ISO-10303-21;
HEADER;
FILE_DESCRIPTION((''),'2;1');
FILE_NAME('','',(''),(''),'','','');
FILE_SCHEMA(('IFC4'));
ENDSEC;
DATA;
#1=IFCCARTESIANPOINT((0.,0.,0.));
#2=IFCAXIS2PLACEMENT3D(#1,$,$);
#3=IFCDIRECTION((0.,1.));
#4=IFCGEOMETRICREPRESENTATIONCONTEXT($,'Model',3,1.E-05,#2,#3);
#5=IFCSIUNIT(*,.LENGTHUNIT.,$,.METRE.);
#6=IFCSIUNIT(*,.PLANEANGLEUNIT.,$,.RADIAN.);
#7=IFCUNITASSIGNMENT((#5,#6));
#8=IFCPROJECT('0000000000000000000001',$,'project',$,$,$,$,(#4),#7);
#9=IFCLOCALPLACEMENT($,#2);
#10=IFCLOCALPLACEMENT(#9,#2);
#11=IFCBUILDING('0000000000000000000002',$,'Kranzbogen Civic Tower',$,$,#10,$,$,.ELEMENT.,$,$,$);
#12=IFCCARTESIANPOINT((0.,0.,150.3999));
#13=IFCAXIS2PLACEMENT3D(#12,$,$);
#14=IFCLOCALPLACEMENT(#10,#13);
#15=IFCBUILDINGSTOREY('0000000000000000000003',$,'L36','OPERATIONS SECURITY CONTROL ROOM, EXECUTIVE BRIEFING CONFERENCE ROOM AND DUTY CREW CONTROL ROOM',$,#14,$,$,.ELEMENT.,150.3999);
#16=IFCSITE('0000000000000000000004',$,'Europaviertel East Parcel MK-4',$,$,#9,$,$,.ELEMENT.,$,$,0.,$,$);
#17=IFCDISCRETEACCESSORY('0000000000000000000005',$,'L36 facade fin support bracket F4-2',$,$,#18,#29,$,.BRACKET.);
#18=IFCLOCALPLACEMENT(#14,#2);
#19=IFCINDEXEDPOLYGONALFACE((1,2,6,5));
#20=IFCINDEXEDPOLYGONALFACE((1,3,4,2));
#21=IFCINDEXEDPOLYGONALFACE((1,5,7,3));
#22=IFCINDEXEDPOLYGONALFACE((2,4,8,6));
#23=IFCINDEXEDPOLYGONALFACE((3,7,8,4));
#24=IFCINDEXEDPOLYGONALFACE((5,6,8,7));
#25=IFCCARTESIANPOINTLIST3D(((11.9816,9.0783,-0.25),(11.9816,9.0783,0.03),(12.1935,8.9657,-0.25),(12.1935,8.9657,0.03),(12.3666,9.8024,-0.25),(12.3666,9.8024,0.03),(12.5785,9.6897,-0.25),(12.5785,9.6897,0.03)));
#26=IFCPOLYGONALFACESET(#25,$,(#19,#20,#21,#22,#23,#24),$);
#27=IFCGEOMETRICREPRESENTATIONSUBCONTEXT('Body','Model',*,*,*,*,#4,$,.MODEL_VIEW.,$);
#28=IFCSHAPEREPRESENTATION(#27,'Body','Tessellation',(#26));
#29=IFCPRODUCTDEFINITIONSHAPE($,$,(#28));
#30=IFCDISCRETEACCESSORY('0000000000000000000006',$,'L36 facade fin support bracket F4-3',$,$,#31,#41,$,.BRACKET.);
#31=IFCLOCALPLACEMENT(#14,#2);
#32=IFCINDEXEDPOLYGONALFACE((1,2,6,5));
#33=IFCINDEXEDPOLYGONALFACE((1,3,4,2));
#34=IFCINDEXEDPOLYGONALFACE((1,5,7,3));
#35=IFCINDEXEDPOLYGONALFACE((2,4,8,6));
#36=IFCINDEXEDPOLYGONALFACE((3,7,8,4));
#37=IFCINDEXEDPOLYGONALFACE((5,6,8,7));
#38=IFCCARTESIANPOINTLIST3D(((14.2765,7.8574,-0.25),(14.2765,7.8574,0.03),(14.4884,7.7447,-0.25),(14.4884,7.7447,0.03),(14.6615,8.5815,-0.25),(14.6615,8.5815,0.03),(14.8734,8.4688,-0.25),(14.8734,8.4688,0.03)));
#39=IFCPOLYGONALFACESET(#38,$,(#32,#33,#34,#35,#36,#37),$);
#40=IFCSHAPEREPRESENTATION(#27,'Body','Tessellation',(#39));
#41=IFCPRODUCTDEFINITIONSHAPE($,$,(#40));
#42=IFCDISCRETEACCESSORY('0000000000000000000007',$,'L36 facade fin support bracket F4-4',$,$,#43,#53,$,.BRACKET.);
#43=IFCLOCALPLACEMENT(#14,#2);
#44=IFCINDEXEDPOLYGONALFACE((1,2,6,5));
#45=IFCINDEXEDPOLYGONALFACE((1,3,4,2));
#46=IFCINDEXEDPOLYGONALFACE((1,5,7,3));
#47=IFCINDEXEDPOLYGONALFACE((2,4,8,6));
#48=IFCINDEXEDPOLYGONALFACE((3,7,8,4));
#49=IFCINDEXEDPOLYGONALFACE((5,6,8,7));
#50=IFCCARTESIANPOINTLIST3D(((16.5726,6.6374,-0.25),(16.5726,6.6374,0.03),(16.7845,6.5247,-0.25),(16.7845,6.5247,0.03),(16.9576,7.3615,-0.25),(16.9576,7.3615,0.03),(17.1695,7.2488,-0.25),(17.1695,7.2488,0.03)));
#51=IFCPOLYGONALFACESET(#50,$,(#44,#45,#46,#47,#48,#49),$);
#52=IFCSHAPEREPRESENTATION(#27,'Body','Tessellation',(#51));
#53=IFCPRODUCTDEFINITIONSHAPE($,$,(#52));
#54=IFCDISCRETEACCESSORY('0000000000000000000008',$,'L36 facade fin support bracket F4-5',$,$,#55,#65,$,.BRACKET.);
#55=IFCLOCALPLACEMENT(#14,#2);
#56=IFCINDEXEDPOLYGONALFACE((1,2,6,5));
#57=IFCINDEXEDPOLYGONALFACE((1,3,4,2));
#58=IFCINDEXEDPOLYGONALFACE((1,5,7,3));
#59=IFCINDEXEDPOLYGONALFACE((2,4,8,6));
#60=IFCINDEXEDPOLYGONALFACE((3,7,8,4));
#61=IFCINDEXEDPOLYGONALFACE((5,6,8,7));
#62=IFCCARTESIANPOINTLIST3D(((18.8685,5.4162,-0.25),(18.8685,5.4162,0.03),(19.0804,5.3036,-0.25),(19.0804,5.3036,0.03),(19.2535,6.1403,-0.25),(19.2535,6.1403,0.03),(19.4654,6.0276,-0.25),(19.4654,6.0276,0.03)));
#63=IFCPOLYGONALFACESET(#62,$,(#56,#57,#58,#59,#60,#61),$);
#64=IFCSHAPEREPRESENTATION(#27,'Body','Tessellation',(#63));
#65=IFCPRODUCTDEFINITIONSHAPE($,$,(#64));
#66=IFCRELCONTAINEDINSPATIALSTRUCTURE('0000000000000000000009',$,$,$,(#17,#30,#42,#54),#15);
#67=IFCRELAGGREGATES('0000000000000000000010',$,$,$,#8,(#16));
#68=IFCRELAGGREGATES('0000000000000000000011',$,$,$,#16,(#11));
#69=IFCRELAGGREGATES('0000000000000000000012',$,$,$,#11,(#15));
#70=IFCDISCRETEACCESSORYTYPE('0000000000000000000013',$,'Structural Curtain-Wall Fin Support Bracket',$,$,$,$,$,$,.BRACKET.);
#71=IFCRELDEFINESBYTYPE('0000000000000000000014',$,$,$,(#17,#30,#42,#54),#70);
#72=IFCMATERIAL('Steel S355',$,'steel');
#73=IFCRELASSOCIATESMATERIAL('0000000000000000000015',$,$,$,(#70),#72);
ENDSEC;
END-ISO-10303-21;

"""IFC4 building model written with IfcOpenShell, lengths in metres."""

from ifc_helpers import new_model, si_unit, direction, frame, origin, origin_2d, place, context, subcontext, project, spatial, rectangle, extrude, material, type_object, element, save


model = new_model("IFC4")

# Units and contexts
model_context = context("Model", 3, precision=1e-05, world=origin(), true_north=direction((0.0, 1.0)))
body_context = subcontext(model_context, "Body", "Model", "MODEL_VIEW")
ifc_project = project(units=[si_unit("LENGTHUNIT", "METRE"), si_unit("PLANEANGLEUNIT", "RADIAN")], contexts=[model_context])

# Site, building, storey
site_placement = place(None, origin())
site = spatial("IfcSite", under=ifc_project, at=site_placement, Name="Europaviertel East Parcel MK-4", CompositionType="ELEMENT", RefElevation=0.0)
building_placement = place(site_placement, origin())
building = spatial("IfcBuilding", under=site, at=building_placement, Name="Kranzbogen Civic Tower", CompositionType="ELEMENT")
storey_placement = place(building_placement, frame((0.0, 0.0, 150.3999)))
storey = spatial("IfcBuildingStorey", under=building, at=storey_placement, Name="L36", Description="OPERATIONS SECURITY CONTROL ROOM, EXECUTIVE BRIEFING CONFERENCE ROOM AND DUTY CREW CONTROL ROOM", CompositionType="ELEMENT", Elevation=150.3999)

# Shared definitions
ifc_material_1 = material(Name="Steel S355", Category="steel")

# Discrete accessories
discrete_accessory_type = type_object("IfcDiscreteAccessoryType", Name="Structural Curtain-Wall Fin Support Bracket", PredefinedType="BRACKET", material=ifc_material_1)
for number, where, z_axis, x_axis, name in (
    (1, (12.28, 9.384, -0.25), (0.0, 0.0, 1.0), (-0.469472, -0.882948, 0.0), "L36 facade fin support bracket F4-2"),
    (2, (14.575, 8.1631, -0.25), (0.0, 0.0, 1.0), (-0.469472, -0.882948, 0.0), "L36 facade fin support bracket F4-3"),
    (3, (16.8711, 6.9431, -0.25), (0.0, 0.0, 1.0), (-0.469472, -0.882948, 0.0), "L36 facade fin support bracket F4-4"),
    (4, (19.167, 5.7219, -0.25), (0.0, 0.0, 1.0), (-0.469472, -0.882948, 0.0), "L36 facade fin support bracket F4-5"),
):
    element("IfcDiscreteAccessory", number, at=place(storey_placement, frame(where, z_axis=z_axis, x_axis=x_axis)), inside=storey, type_object=discrete_accessory_type, Name=name, PredefinedType="BRACKET", context=body_context, shape_type="SweptSolid", body=[
        extrude(rectangle(XDim=0.8201, YDim=0.24, at=origin_2d()), origin(), (0.0, 0.0, 1.0), 0.28),
    ])

save(model, "model.ifc")
